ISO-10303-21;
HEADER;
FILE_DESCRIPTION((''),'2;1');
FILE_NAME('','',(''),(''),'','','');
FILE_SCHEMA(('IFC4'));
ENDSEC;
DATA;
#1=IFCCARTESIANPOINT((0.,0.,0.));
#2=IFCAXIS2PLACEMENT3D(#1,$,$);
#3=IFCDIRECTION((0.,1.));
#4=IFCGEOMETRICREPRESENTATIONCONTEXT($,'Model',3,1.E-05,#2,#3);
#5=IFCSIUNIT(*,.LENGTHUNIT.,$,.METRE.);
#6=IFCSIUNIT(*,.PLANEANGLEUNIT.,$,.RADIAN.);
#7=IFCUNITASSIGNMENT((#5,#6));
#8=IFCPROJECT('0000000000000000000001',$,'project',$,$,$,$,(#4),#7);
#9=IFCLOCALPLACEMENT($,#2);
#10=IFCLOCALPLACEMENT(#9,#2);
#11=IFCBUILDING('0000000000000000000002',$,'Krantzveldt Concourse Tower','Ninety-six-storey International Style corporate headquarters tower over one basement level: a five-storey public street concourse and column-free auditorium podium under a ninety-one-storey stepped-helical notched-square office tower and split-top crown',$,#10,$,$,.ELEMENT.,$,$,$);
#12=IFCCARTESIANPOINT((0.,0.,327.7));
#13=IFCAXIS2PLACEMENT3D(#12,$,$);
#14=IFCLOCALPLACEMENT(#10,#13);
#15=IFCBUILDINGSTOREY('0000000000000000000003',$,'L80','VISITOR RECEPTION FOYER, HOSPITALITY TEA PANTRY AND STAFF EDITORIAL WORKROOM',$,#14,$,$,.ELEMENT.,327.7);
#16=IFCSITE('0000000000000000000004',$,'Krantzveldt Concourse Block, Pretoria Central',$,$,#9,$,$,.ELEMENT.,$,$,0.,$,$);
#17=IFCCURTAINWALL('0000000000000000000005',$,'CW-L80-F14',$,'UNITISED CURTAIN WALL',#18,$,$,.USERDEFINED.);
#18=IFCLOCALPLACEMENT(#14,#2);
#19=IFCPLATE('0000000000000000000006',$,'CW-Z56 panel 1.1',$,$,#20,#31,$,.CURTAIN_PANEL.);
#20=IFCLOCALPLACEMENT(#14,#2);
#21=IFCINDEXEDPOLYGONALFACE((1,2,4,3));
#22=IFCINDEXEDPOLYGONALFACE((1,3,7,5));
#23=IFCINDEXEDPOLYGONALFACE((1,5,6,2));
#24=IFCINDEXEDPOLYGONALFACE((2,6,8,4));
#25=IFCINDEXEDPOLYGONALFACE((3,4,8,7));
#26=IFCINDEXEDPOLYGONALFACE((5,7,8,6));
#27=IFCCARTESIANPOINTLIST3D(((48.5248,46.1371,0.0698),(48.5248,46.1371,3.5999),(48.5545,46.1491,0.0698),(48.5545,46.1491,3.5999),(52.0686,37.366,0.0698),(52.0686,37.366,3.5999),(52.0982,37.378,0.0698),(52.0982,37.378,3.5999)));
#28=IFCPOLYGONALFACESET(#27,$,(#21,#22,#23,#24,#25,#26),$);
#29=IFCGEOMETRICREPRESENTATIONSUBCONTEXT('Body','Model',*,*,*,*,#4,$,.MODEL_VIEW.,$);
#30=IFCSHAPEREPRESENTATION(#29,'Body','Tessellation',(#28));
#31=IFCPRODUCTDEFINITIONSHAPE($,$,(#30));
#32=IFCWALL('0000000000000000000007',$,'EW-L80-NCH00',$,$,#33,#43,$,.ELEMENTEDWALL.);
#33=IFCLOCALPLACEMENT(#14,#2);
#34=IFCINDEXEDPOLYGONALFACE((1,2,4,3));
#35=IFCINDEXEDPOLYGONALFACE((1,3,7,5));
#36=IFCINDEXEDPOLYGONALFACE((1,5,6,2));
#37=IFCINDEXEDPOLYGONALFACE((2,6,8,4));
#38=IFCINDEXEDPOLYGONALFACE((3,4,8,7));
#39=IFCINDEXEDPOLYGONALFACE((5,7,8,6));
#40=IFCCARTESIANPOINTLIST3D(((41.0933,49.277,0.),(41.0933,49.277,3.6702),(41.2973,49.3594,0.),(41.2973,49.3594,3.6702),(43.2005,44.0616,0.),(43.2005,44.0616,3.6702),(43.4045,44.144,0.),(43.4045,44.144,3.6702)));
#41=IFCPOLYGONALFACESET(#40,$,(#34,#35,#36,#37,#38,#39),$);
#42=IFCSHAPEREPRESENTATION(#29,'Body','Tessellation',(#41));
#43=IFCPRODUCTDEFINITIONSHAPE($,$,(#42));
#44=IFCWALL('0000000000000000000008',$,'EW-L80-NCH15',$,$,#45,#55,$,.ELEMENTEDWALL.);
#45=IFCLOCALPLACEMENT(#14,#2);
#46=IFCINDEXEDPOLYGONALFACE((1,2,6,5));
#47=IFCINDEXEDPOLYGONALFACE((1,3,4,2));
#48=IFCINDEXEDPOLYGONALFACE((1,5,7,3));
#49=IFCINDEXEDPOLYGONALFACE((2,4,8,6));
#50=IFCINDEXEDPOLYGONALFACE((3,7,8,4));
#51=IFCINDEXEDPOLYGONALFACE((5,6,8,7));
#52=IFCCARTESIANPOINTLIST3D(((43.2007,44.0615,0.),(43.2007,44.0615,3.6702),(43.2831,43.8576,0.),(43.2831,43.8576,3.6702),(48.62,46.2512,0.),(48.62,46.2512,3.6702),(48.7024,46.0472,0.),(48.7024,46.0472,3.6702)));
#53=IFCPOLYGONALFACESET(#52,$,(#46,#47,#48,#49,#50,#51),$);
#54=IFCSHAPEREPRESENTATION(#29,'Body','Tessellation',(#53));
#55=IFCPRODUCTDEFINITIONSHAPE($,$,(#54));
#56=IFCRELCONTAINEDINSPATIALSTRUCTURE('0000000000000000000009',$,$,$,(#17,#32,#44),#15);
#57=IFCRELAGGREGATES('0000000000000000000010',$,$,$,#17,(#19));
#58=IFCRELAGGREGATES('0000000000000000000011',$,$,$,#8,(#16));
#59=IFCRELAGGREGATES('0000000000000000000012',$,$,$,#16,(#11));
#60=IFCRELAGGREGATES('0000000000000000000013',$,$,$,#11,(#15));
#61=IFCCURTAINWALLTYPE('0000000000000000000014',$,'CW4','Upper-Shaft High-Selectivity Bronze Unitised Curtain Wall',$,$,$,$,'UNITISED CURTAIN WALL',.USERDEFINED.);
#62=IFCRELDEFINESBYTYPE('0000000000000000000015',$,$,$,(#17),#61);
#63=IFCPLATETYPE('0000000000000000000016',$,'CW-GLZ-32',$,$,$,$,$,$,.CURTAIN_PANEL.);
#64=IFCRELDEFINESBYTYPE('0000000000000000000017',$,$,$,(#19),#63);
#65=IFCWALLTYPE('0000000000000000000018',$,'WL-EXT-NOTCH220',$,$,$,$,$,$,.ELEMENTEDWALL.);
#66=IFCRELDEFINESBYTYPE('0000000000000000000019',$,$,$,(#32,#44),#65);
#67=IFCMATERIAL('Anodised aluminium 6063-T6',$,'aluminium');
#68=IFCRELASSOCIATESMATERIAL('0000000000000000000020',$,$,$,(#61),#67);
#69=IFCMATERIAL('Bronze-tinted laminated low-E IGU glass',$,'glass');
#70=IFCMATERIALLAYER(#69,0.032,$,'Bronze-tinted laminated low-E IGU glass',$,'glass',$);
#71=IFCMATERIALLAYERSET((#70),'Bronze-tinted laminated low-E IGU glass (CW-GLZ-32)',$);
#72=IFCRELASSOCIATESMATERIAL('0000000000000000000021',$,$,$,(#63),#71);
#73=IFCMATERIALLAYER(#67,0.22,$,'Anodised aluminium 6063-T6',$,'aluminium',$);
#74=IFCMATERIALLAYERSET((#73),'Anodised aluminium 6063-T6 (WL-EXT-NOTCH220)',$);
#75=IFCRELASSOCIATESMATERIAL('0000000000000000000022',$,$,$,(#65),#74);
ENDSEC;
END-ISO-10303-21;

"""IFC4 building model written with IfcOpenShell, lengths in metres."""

from ifc_helpers import new_model, si_unit, direction, frame, frame_2d, origin, origin_2d, place, context, subcontext, project, spatial, rectangle, extrude, source, transform, mapped, material, layer, layer_set, type_object, element, aggregate, save


model = new_model("IFC4")

# Units and contexts
model_context = context("Model", 3, precision=1e-05, world=origin(), true_north=direction((0.0, 1.0)))
body_context = subcontext(model_context, "Body", "Model", "MODEL_VIEW")
ifc_project = project(units=[si_unit("LENGTHUNIT", "METRE"), si_unit("PLANEANGLEUNIT", "RADIAN")], contexts=[model_context])

# Site, building, storey
site_placement = place(None, origin())
site = spatial("IfcSite", under=ifc_project, at=site_placement, Name="Krantzveldt Concourse Block, Pretoria Central", CompositionType="ELEMENT", RefElevation=0.0)
building_placement = place(site_placement, origin())
building = spatial("IfcBuilding", under=site, at=building_placement, Name="Krantzveldt Concourse Tower", Description="Ninety-six-storey International Style corporate headquarters tower over one basement level: a five-storey public street concourse and column-free auditorium podium under a ninety-one-storey stepped-helical notched-square office tower and split-top crown", CompositionType="ELEMENT")
storey_placement = place(building_placement, frame((0.0, 0.0, 327.7)))
storey = spatial("IfcBuildingStorey", under=building, at=storey_placement, Name="L80", Description="VISITOR RECEPTION FOYER, HOSPITALITY TEA PANTRY AND STAFF EDITORIAL WORKROOM", CompositionType="ELEMENT", Elevation=327.7)

# Shared definitions
ifc_material_1 = material(Name="Anodised aluminium 6063-T6", Category="aluminium")
curtain_wall_type_1 = type_object("IfcCurtainWallType", Name="CW4", Description="Upper-Shaft High-Selectivity Bronze Unitised Curtain Wall", ElementType="UNITISED CURTAIN WALL", PredefinedType="USERDEFINED", material=ifc_material_1)

# Curtain wall
curtain_wall_1_placement = place(storey_placement, origin())
curtain_wall_1 = element("IfcCurtainWall", 1, at=curtain_wall_1_placement, inside=storey, type_object=curtain_wall_type_1, Name="CW-L80-F14", ObjectType="UNITISED CURTAIN WALL", PredefinedType="USERDEFINED")

# Plate
ifc_material_2 = material(Name="Bronze-tinted laminated low-E IGU glass", Category="glass")
ifc_layer_1 = layer(ifc_material_2, 0.032, Name="Bronze-tinted laminated low-E IGU glass", Category="glass")
ifc_layer_set_1 = layer_set([ifc_layer_1], Name="Bronze-tinted laminated low-E IGU glass (CW-GLZ-32)")
plate_type = type_object("IfcPlateType", Name="CW-GLZ-32", PredefinedType="CURTAIN_PANEL", material=ifc_layer_set_1)
shared_shape_1 = source(origin(), body_context, "Body", "SweptSolid", [
    extrude(rectangle(XDim=9.46, YDim=0.032, at=origin_2d()), origin(), (0.0, 0.0, 1.0), 3.53),
])
plate_1_placement = place(storey_placement, frame((50.3115, 41.7576, 0.0698), z_axis=(0.0, 0.0, 1.0), x_axis=(-0.374607, 0.927184, 0.0)))
plate_1 = element("IfcPlate", 2, at=plate_1_placement, type_object=plate_type, Name="CW-Z56 panel 1.1", PredefinedType="CURTAIN_PANEL", context=body_context, shape_type="MappedRepresentation", body=[
    mapped(shared_shape_1, transform((0.0, 0.0, 0.0), x_axis=(1.0, 0.0, 0.0), y_axis=(0.0, 1.0, 0.0), z_axis=(0.0, 0.0, 1.0), scale=1.0)),
])
aggregate(curtain_wall_1, [plate_1])

# Walls
ifc_layer_2 = layer(ifc_material_1, 0.22, Name="Anodised aluminium 6063-T6", Category="aluminium")
ifc_layer_set_2 = layer_set([ifc_layer_2], Name="Anodised aluminium 6063-T6 (WL-EXT-NOTCH220)")
wall_type = type_object("IfcWallType", Name="WL-EXT-NOTCH220", PredefinedType="ELEMENTEDWALL", material=ifc_layer_set_2)
wall_1_placement = place(storey_placement, frame((43.3025, 44.1028, 0.0), z_axis=(0.0, 0.0, 1.0), x_axis=(-0.374614, 0.927181, 0.0)))
element("IfcWall", 3, at=wall_1_placement, inside=storey, type_object=wall_type, Name="EW-L80-NCH00", PredefinedType="ELEMENTEDWALL", context=body_context, shape_type="SweptSolid", body=[
    extrude(rectangle(XDim=5.625, YDim=0.22, at=frame_2d((2.8125, 0.0))), origin(), (0.0, 0.0, 1.0), 3.6702),
])
wall_2_placement = place(storey_placement, frame((48.6611, 46.1492, 0.0), z_axis=(0.0, 0.0, 1.0), x_axis=(-0.927178, -0.374622, 0.0)))
element("IfcWall", 4, at=wall_2_placement, inside=storey, type_object=wall_type, Name="EW-L80-NCH15", PredefinedType="ELEMENTEDWALL", context=body_context, shape_type="SweptSolid", body=[
    extrude(rectangle(XDim=5.845, YDim=0.22, at=frame_2d((2.9224, 0.0))), origin(), (0.0, 0.0, 1.0), 3.6702),
])

save(model, "model.ifc")
